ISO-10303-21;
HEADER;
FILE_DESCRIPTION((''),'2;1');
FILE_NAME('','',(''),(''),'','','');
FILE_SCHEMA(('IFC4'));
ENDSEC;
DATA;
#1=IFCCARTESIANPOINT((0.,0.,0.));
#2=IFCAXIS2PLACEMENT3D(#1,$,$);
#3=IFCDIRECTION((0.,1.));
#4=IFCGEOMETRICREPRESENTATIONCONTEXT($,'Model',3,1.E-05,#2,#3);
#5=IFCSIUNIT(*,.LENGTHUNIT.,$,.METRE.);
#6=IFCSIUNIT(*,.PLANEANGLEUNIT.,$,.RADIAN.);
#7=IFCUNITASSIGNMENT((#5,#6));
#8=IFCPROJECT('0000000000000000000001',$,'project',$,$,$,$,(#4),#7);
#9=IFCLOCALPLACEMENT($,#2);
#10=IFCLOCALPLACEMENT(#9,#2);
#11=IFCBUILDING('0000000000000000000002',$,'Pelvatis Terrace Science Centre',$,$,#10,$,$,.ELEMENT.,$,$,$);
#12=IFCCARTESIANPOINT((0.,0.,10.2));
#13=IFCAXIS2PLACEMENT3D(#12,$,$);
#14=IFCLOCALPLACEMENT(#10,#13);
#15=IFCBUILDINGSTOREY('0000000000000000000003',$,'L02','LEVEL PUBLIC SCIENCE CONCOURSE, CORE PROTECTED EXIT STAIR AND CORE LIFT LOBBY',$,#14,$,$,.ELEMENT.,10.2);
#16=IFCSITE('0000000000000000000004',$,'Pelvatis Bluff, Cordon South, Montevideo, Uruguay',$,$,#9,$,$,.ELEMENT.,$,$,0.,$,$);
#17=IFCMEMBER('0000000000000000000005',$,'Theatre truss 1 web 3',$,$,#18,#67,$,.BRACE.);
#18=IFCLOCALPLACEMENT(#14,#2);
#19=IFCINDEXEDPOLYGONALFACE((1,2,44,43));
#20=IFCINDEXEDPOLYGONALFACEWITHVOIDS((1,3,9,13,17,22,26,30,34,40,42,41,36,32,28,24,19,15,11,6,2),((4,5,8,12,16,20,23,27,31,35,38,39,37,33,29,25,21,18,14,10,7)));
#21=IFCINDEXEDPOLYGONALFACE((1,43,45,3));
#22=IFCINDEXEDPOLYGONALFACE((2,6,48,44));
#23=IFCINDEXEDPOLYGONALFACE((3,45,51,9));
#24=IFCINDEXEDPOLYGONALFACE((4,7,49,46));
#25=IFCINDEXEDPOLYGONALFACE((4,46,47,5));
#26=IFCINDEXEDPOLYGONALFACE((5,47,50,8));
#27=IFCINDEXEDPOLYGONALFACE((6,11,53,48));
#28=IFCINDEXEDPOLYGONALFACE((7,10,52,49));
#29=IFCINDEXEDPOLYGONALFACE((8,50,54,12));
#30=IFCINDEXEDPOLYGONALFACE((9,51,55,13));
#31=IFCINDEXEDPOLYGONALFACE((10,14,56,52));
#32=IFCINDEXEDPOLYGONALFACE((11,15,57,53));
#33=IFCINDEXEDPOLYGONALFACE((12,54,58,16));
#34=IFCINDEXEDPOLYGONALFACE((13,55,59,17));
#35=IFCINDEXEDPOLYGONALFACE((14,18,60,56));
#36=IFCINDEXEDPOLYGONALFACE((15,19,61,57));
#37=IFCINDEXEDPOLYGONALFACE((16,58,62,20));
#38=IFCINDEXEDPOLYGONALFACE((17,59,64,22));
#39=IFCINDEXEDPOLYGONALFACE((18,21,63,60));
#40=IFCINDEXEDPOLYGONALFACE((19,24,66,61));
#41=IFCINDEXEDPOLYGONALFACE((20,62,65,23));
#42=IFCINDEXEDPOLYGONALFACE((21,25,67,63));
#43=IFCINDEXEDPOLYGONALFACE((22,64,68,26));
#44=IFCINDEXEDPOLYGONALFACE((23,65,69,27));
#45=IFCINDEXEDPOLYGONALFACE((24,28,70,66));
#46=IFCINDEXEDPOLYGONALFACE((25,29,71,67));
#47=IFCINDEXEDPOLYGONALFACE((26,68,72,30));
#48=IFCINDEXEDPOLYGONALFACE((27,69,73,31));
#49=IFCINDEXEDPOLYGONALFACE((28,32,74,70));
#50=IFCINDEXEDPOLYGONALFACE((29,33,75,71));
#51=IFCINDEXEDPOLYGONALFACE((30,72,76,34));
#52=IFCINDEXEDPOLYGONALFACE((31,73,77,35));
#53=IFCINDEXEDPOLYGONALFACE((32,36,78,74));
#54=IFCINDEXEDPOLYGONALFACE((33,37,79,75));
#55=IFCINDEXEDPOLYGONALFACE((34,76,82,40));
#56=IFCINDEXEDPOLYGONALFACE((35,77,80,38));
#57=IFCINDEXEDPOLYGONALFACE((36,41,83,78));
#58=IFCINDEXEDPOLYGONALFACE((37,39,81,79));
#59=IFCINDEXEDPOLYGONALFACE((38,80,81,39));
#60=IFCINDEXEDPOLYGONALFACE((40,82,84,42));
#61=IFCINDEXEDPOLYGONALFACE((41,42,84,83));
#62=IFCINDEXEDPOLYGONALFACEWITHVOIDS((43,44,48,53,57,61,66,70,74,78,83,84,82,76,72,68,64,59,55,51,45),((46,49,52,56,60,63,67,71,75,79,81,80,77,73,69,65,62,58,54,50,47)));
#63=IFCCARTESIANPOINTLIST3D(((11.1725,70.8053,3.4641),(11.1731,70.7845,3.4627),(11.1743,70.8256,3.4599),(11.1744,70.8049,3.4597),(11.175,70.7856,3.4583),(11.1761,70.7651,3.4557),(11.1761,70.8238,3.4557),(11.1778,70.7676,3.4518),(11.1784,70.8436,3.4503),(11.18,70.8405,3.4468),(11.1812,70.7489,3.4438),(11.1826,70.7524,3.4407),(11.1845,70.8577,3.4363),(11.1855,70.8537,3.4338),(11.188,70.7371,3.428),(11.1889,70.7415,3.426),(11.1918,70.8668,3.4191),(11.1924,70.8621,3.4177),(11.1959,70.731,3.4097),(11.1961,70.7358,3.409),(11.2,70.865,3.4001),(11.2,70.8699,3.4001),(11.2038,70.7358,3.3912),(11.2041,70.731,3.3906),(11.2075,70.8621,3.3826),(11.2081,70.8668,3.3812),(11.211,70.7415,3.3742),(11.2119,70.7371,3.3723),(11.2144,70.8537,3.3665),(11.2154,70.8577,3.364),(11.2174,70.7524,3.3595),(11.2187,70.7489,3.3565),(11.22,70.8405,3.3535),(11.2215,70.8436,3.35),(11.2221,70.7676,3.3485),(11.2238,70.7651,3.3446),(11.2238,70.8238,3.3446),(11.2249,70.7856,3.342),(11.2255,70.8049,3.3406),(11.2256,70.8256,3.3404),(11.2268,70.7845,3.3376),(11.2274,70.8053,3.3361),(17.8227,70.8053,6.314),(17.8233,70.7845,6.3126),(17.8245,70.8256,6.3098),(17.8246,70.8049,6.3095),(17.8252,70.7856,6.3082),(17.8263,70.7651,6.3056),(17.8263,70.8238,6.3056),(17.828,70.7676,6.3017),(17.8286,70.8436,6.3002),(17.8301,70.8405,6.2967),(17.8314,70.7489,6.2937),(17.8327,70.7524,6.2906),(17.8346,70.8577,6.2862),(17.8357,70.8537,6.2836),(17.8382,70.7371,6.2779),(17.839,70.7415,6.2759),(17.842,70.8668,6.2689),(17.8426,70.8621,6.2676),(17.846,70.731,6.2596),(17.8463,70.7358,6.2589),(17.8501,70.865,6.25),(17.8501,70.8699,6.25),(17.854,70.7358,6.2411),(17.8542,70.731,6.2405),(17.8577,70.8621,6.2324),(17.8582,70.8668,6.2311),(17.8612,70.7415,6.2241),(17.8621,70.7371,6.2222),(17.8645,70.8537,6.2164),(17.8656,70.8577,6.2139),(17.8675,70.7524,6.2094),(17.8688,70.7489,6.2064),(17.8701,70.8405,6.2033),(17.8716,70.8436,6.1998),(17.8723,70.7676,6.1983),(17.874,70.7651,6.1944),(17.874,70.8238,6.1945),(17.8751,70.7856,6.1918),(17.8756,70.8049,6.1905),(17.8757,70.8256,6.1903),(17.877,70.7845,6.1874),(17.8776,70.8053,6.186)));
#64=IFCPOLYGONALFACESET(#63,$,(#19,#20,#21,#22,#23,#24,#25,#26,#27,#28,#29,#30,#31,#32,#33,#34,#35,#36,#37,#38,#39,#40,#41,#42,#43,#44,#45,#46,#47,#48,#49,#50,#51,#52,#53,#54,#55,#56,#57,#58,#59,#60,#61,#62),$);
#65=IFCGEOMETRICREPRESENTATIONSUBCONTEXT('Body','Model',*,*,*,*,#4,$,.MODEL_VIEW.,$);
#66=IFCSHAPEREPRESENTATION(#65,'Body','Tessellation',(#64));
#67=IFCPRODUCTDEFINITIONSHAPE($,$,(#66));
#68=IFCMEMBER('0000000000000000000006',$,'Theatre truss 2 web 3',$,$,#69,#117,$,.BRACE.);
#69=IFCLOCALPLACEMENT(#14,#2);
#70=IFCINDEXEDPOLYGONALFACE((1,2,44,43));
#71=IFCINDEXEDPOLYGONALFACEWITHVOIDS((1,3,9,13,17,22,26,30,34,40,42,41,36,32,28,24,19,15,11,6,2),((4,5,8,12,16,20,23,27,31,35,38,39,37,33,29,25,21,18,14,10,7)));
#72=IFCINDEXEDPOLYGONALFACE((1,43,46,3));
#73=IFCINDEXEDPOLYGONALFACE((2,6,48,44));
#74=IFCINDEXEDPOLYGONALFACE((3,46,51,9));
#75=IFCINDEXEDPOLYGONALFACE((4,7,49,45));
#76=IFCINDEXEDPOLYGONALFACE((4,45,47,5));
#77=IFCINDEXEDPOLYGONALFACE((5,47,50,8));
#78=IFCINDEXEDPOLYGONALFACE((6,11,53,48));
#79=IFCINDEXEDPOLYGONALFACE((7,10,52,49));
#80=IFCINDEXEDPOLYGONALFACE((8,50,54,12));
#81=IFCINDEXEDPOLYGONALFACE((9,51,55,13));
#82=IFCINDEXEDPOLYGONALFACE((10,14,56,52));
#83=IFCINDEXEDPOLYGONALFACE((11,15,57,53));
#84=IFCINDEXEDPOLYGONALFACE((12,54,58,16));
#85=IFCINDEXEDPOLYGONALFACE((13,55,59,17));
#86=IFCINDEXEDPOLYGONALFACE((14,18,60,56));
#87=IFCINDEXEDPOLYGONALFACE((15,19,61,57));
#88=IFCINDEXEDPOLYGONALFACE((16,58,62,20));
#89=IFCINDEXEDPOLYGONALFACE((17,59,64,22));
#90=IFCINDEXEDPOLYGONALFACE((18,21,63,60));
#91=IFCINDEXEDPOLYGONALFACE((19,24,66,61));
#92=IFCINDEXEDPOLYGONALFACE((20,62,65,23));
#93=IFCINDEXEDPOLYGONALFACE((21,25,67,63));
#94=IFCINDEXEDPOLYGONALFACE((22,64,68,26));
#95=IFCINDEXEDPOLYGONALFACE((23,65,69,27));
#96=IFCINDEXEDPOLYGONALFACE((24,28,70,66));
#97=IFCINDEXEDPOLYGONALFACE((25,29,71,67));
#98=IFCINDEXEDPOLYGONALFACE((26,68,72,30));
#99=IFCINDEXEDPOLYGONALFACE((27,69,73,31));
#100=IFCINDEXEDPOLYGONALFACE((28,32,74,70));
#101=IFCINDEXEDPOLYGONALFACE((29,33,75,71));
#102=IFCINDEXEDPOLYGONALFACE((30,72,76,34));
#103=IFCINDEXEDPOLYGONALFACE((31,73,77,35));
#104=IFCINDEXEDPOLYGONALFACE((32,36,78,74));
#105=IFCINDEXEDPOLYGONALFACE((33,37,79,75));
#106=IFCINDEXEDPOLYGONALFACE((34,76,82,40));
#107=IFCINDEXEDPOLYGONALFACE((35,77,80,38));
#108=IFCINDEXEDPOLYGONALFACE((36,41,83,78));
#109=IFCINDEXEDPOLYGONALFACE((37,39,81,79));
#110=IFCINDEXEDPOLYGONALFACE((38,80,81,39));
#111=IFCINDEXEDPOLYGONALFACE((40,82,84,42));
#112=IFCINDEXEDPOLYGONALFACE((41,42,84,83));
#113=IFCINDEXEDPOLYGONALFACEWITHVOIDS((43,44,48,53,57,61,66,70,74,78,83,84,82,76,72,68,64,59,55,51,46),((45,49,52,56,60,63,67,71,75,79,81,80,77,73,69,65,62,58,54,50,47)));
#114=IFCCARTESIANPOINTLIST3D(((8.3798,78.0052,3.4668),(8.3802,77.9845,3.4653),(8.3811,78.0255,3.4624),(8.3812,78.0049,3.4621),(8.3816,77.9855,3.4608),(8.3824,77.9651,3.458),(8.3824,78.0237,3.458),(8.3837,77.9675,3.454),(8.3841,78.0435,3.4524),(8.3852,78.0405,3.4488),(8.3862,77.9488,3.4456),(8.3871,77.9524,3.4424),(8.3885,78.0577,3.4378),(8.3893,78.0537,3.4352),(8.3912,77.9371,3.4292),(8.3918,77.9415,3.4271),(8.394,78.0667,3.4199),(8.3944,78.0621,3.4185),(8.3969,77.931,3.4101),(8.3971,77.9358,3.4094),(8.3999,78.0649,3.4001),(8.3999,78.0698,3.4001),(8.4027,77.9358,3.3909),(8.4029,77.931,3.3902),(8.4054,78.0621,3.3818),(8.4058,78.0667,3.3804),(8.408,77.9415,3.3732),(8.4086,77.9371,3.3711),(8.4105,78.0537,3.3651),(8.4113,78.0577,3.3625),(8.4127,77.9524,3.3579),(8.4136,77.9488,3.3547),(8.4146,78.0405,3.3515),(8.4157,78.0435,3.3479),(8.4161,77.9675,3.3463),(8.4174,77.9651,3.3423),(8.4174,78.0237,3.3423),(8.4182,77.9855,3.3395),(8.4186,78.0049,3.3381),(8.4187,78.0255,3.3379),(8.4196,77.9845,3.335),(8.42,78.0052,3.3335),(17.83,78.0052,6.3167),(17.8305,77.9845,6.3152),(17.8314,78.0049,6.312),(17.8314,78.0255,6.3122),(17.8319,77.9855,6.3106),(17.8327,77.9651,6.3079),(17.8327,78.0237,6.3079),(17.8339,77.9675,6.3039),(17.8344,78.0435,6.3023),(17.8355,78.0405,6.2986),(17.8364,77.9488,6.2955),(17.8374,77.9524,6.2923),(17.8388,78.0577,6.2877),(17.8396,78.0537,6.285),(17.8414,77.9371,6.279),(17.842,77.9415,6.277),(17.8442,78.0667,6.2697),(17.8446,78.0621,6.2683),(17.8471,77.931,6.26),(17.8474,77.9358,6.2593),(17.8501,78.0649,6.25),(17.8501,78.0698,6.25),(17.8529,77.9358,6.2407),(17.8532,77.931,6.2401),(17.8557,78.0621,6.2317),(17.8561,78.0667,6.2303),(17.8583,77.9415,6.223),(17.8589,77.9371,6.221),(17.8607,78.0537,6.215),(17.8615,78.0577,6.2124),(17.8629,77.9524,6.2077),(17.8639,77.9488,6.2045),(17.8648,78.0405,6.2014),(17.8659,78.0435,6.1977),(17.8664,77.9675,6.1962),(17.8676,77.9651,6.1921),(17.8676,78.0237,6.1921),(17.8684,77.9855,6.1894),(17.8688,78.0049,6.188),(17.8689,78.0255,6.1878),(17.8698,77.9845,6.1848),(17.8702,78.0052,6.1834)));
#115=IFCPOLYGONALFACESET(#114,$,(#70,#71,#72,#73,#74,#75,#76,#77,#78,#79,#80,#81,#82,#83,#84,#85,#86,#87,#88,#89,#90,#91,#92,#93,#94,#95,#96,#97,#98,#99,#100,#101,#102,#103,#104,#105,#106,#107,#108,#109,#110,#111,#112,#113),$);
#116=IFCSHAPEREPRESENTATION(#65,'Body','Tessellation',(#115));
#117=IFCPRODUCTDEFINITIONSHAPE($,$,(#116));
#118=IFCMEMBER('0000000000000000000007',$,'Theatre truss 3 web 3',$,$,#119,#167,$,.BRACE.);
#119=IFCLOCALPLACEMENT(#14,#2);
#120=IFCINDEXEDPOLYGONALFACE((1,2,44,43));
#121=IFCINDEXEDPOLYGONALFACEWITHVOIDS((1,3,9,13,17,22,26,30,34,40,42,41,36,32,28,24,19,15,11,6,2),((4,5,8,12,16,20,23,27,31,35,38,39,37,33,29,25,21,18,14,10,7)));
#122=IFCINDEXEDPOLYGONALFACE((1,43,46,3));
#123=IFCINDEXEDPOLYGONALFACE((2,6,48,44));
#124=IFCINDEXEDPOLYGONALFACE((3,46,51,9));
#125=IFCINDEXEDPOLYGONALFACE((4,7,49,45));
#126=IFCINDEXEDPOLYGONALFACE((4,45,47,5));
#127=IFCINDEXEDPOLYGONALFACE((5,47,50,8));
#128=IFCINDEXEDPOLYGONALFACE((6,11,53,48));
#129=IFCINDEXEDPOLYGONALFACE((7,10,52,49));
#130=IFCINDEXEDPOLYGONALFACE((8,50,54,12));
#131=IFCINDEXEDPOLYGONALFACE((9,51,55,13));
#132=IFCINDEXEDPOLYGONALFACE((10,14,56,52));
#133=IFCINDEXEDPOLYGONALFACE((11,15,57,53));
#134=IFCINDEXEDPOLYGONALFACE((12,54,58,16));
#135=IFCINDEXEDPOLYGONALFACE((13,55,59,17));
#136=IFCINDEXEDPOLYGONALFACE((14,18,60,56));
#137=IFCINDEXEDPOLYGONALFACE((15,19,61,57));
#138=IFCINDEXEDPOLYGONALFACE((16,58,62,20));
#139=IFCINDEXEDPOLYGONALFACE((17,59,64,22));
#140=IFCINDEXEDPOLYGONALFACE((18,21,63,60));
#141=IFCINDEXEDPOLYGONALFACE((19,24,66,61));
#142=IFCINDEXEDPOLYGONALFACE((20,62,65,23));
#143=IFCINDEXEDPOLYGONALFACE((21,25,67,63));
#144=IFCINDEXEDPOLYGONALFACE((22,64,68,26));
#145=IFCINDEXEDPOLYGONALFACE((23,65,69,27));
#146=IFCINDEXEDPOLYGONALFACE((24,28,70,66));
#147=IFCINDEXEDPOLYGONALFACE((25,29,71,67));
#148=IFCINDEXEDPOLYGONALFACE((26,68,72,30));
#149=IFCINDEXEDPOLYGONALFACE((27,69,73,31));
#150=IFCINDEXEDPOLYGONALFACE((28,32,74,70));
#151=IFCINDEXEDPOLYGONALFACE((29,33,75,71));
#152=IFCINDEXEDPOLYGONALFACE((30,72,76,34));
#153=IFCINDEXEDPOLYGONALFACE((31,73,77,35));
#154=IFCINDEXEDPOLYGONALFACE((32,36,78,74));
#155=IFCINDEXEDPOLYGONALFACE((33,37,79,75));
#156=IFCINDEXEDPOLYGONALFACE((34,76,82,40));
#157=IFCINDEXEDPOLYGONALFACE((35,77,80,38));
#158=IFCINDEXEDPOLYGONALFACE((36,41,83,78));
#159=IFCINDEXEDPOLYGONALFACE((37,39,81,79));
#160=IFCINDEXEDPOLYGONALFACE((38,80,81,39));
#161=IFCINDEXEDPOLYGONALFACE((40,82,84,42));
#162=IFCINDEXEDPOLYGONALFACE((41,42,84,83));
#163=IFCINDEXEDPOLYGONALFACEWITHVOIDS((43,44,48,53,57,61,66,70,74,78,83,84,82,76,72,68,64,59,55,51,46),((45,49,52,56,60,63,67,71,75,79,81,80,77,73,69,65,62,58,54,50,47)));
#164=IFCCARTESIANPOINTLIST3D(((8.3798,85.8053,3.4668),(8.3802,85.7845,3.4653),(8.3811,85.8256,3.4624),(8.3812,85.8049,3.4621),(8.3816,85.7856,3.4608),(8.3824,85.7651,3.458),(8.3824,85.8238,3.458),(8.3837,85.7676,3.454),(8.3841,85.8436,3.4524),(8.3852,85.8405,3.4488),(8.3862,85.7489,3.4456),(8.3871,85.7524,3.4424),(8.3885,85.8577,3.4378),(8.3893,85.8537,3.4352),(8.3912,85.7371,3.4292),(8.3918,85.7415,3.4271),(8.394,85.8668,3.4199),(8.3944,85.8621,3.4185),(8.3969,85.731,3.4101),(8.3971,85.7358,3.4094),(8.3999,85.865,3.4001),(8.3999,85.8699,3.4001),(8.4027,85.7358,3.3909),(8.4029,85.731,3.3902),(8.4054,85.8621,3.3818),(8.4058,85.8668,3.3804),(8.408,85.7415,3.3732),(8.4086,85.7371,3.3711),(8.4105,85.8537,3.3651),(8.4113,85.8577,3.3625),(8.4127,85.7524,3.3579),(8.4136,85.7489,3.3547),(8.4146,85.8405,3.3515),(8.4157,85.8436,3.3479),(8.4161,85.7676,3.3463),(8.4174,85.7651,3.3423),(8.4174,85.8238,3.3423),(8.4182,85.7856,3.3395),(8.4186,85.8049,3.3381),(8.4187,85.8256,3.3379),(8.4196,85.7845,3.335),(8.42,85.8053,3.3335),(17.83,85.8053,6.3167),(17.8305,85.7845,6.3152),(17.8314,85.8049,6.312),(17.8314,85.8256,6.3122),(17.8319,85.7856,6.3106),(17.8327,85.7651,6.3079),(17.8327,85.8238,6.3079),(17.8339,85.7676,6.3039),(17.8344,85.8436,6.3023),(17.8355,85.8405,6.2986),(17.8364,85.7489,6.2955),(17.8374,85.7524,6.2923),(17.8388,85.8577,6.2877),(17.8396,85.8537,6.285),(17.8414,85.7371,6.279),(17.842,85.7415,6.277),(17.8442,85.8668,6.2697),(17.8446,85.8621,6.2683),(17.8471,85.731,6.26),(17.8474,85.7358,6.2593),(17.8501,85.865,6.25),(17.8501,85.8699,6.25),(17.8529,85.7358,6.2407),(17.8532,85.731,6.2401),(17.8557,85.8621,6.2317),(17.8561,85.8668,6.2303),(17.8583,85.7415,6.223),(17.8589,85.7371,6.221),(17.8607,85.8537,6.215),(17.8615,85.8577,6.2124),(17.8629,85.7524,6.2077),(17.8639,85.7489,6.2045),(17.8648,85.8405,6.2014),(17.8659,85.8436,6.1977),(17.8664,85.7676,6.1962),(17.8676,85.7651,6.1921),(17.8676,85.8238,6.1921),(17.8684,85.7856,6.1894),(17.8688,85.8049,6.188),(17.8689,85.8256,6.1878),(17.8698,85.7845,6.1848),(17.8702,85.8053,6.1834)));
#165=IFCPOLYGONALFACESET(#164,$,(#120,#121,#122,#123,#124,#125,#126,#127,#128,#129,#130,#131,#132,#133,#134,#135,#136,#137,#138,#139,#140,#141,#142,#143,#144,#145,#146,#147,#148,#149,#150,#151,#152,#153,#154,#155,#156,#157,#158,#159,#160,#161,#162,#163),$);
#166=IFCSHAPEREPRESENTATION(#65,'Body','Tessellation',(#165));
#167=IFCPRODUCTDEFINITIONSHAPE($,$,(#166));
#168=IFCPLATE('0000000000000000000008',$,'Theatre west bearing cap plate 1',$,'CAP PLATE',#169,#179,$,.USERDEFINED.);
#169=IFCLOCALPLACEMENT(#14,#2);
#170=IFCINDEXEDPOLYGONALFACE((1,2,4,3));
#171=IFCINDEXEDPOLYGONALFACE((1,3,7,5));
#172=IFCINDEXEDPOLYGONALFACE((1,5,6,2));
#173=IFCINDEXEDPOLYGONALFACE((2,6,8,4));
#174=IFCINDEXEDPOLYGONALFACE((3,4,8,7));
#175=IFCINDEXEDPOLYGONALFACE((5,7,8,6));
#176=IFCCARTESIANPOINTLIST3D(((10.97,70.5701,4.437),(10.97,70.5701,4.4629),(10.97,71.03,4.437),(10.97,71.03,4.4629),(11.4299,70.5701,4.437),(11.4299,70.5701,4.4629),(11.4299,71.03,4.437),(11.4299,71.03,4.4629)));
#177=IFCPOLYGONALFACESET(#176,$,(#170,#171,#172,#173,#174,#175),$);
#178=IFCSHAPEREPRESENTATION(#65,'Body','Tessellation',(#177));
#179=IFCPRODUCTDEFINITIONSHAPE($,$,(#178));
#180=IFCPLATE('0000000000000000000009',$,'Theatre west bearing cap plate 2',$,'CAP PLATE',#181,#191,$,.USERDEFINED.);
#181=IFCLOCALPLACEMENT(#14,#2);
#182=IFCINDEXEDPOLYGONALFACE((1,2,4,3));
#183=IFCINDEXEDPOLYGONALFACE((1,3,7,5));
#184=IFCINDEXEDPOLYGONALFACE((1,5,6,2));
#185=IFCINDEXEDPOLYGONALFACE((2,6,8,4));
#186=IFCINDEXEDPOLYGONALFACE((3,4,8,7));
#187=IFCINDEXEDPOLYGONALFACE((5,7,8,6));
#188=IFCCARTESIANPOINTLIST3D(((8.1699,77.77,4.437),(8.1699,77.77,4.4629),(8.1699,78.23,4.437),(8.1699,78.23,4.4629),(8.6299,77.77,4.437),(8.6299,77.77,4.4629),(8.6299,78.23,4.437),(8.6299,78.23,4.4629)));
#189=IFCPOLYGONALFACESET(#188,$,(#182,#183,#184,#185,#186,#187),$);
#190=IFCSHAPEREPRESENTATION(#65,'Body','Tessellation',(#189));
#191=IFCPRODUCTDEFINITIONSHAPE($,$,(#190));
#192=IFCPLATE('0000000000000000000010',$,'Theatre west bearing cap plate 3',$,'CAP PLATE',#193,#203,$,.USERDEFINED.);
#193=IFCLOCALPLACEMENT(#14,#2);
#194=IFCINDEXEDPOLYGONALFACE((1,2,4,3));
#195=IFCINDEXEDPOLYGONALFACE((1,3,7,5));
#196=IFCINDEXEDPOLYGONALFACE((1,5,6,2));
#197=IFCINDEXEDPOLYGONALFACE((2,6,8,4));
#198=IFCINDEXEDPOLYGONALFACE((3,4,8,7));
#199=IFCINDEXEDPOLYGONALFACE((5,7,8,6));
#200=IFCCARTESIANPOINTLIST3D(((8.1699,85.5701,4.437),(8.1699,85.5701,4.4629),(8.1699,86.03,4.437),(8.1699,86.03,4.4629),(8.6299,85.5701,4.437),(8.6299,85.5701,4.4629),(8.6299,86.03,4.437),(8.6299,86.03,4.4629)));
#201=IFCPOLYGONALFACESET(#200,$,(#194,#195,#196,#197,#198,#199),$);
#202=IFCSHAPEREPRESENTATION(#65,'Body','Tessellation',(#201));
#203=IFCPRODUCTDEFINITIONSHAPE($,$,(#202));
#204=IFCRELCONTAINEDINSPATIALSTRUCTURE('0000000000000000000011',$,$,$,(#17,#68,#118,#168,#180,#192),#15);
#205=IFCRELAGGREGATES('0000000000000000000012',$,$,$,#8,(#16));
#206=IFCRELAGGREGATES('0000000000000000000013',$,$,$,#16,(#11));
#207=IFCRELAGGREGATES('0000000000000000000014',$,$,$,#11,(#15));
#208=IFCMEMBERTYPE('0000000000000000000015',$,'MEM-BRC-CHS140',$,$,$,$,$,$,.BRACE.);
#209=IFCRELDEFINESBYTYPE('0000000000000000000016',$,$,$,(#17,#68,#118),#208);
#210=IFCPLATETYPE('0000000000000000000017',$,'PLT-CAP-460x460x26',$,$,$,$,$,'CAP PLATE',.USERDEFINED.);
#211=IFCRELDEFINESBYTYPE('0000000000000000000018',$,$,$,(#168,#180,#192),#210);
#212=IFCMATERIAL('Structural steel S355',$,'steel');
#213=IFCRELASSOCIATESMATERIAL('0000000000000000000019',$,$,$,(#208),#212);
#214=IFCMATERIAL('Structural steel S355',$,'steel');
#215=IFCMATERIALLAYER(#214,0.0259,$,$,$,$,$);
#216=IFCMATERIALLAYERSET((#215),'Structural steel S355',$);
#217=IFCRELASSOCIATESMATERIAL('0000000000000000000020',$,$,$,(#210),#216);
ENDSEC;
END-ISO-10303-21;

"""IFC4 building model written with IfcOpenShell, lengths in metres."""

from ifc_helpers import new_model, si_unit, direction, frame, origin, origin_2d, place, context, subcontext, project, spatial, rectangle, hollow_circle, extrude, material, layer, layer_set, material_profile, profile_set, type_object, element, save


model = new_model("IFC4")

# Units and contexts
model_context = context("Model", 3, precision=1e-05, world=origin(), true_north=direction((0.0, 1.0)))
body_context = subcontext(model_context, "Body", "Model", "MODEL_VIEW")
ifc_project = project(units=[si_unit("LENGTHUNIT", "METRE"), si_unit("PLANEANGLEUNIT", "RADIAN")], contexts=[model_context])

# Site, building, storey
site_placement = place(None, origin())
site = spatial("IfcSite", under=ifc_project, at=site_placement, Name="Pelvatis Bluff, Cordon South, Montevideo, Uruguay", CompositionType="ELEMENT", RefElevation=0.0)
building_placement = place(site_placement, origin())
building = spatial("IfcBuilding", under=site, at=building_placement, Name="Pelvatis Terrace Science Centre", CompositionType="ELEMENT")
storey_placement = place(building_placement, frame((0.0, 0.0, 10.2)))
storey = spatial("IfcBuildingStorey", under=building, at=storey_placement, Name="L02", Description="LEVEL PUBLIC SCIENCE CONCOURSE, CORE PROTECTED EXIT STAIR AND CORE LIFT LOBBY", CompositionType="ELEMENT", Elevation=10.2)

# Members
ifc_material_1 = material(Name="Structural steel S355", Category="steel")
ifc_material_profile_1 = material_profile(ifc_material_1, hollow_circle(Radius=0.0698, WallThickness=0.0049, at=origin_2d()), Name="CHS 139.7x5.0")
ifc_profile_set_1 = profile_set([ifc_material_profile_1], Name="Structural steel S355")
member_type = type_object("IfcMemberType", Name="MEM-BRC-CHS140", PredefinedType="BRACE", material=ifc_profile_set_1)
member_placement = place(storey_placement, frame((11.2, 70.8, 3.4001), z_axis=(0.919156, 0.0, 0.393895), x_axis=(0.0, 1.0, 0.0)))
element("IfcMember", 1, at=member_placement, inside=storey, type_object=member_type, Name="Theatre truss 1 web 3", PredefinedType="BRACE", context=body_context, shape_type="SweptSolid", body=[
    extrude(hollow_circle(Radius=0.0698, WallThickness=0.0049, at=origin_2d()), origin(), (0.0, 0.0, 1.0), 7.2351),
])
for number, where, z_axis, x_axis, name in (
    (2, (8.3999, 78.0, 3.4001), (0.957413, 0.0, 0.288723), (0.0, 1.0, 0.0), "Theatre truss 2 web 3"),
    (3, (8.3999, 85.8, 3.4001), (0.957413, 0.0, 0.288723), (0.0, 1.0, 0.0), "Theatre truss 3 web 3"),
):
    element("IfcMember", number, at=place(storey_placement, frame(where, z_axis=z_axis, x_axis=x_axis)), inside=storey, type_object=member_type, Name=name, PredefinedType="BRACE", context=body_context, shape_type="SweptSolid", body=[
        extrude(hollow_circle(Radius=0.0698, WallThickness=0.0049, at=origin_2d()), origin(), (0.0, 0.0, 1.0), 9.8706),
    ])

# Plates
ifc_material_2 = material(Name="Structural steel S355", Category="steel")
ifc_layer_1 = layer(ifc_material_2, 0.0259)
ifc_layer_set_1 = layer_set([ifc_layer_1], Name="Structural steel S355")
plate_type_1 = type_object("IfcPlateType", Name="PLT-CAP-460x460x26", ElementType="CAP PLATE", PredefinedType="USERDEFINED", material=ifc_layer_set_1)
for number, where, z_axis, x_axis, name in (
    (4, (11.2, 70.8, 4.437), (0.0, 0.0, 1.0), (1.0, 0.0, 0.0), "Theatre west bearing cap plate 1"),
    (5, (8.3999, 78.0, 4.437), (0.0, 0.0, 1.0), (1.0, 0.0, 0.0), "Theatre west bearing cap plate 2"),
    (6, (8.3999, 85.8, 4.437), (0.0, 0.0, 1.0), (1.0, 0.0, 0.0), "Theatre west bearing cap plate 3"),
):
    element("IfcPlate", number, at=place(storey_placement, frame(where, z_axis=z_axis, x_axis=x_axis)), inside=storey, type_object=plate_type_1, Name=name, ObjectType="CAP PLATE", PredefinedType="USERDEFINED", context=body_context, shape_type="SweptSolid", body=[
        extrude(rectangle(XDim=0.46, YDim=0.46, at=origin_2d()), origin(), (0.0, 0.0, 1.0), 0.0259),
    ])

save(model, "model.ifc")
